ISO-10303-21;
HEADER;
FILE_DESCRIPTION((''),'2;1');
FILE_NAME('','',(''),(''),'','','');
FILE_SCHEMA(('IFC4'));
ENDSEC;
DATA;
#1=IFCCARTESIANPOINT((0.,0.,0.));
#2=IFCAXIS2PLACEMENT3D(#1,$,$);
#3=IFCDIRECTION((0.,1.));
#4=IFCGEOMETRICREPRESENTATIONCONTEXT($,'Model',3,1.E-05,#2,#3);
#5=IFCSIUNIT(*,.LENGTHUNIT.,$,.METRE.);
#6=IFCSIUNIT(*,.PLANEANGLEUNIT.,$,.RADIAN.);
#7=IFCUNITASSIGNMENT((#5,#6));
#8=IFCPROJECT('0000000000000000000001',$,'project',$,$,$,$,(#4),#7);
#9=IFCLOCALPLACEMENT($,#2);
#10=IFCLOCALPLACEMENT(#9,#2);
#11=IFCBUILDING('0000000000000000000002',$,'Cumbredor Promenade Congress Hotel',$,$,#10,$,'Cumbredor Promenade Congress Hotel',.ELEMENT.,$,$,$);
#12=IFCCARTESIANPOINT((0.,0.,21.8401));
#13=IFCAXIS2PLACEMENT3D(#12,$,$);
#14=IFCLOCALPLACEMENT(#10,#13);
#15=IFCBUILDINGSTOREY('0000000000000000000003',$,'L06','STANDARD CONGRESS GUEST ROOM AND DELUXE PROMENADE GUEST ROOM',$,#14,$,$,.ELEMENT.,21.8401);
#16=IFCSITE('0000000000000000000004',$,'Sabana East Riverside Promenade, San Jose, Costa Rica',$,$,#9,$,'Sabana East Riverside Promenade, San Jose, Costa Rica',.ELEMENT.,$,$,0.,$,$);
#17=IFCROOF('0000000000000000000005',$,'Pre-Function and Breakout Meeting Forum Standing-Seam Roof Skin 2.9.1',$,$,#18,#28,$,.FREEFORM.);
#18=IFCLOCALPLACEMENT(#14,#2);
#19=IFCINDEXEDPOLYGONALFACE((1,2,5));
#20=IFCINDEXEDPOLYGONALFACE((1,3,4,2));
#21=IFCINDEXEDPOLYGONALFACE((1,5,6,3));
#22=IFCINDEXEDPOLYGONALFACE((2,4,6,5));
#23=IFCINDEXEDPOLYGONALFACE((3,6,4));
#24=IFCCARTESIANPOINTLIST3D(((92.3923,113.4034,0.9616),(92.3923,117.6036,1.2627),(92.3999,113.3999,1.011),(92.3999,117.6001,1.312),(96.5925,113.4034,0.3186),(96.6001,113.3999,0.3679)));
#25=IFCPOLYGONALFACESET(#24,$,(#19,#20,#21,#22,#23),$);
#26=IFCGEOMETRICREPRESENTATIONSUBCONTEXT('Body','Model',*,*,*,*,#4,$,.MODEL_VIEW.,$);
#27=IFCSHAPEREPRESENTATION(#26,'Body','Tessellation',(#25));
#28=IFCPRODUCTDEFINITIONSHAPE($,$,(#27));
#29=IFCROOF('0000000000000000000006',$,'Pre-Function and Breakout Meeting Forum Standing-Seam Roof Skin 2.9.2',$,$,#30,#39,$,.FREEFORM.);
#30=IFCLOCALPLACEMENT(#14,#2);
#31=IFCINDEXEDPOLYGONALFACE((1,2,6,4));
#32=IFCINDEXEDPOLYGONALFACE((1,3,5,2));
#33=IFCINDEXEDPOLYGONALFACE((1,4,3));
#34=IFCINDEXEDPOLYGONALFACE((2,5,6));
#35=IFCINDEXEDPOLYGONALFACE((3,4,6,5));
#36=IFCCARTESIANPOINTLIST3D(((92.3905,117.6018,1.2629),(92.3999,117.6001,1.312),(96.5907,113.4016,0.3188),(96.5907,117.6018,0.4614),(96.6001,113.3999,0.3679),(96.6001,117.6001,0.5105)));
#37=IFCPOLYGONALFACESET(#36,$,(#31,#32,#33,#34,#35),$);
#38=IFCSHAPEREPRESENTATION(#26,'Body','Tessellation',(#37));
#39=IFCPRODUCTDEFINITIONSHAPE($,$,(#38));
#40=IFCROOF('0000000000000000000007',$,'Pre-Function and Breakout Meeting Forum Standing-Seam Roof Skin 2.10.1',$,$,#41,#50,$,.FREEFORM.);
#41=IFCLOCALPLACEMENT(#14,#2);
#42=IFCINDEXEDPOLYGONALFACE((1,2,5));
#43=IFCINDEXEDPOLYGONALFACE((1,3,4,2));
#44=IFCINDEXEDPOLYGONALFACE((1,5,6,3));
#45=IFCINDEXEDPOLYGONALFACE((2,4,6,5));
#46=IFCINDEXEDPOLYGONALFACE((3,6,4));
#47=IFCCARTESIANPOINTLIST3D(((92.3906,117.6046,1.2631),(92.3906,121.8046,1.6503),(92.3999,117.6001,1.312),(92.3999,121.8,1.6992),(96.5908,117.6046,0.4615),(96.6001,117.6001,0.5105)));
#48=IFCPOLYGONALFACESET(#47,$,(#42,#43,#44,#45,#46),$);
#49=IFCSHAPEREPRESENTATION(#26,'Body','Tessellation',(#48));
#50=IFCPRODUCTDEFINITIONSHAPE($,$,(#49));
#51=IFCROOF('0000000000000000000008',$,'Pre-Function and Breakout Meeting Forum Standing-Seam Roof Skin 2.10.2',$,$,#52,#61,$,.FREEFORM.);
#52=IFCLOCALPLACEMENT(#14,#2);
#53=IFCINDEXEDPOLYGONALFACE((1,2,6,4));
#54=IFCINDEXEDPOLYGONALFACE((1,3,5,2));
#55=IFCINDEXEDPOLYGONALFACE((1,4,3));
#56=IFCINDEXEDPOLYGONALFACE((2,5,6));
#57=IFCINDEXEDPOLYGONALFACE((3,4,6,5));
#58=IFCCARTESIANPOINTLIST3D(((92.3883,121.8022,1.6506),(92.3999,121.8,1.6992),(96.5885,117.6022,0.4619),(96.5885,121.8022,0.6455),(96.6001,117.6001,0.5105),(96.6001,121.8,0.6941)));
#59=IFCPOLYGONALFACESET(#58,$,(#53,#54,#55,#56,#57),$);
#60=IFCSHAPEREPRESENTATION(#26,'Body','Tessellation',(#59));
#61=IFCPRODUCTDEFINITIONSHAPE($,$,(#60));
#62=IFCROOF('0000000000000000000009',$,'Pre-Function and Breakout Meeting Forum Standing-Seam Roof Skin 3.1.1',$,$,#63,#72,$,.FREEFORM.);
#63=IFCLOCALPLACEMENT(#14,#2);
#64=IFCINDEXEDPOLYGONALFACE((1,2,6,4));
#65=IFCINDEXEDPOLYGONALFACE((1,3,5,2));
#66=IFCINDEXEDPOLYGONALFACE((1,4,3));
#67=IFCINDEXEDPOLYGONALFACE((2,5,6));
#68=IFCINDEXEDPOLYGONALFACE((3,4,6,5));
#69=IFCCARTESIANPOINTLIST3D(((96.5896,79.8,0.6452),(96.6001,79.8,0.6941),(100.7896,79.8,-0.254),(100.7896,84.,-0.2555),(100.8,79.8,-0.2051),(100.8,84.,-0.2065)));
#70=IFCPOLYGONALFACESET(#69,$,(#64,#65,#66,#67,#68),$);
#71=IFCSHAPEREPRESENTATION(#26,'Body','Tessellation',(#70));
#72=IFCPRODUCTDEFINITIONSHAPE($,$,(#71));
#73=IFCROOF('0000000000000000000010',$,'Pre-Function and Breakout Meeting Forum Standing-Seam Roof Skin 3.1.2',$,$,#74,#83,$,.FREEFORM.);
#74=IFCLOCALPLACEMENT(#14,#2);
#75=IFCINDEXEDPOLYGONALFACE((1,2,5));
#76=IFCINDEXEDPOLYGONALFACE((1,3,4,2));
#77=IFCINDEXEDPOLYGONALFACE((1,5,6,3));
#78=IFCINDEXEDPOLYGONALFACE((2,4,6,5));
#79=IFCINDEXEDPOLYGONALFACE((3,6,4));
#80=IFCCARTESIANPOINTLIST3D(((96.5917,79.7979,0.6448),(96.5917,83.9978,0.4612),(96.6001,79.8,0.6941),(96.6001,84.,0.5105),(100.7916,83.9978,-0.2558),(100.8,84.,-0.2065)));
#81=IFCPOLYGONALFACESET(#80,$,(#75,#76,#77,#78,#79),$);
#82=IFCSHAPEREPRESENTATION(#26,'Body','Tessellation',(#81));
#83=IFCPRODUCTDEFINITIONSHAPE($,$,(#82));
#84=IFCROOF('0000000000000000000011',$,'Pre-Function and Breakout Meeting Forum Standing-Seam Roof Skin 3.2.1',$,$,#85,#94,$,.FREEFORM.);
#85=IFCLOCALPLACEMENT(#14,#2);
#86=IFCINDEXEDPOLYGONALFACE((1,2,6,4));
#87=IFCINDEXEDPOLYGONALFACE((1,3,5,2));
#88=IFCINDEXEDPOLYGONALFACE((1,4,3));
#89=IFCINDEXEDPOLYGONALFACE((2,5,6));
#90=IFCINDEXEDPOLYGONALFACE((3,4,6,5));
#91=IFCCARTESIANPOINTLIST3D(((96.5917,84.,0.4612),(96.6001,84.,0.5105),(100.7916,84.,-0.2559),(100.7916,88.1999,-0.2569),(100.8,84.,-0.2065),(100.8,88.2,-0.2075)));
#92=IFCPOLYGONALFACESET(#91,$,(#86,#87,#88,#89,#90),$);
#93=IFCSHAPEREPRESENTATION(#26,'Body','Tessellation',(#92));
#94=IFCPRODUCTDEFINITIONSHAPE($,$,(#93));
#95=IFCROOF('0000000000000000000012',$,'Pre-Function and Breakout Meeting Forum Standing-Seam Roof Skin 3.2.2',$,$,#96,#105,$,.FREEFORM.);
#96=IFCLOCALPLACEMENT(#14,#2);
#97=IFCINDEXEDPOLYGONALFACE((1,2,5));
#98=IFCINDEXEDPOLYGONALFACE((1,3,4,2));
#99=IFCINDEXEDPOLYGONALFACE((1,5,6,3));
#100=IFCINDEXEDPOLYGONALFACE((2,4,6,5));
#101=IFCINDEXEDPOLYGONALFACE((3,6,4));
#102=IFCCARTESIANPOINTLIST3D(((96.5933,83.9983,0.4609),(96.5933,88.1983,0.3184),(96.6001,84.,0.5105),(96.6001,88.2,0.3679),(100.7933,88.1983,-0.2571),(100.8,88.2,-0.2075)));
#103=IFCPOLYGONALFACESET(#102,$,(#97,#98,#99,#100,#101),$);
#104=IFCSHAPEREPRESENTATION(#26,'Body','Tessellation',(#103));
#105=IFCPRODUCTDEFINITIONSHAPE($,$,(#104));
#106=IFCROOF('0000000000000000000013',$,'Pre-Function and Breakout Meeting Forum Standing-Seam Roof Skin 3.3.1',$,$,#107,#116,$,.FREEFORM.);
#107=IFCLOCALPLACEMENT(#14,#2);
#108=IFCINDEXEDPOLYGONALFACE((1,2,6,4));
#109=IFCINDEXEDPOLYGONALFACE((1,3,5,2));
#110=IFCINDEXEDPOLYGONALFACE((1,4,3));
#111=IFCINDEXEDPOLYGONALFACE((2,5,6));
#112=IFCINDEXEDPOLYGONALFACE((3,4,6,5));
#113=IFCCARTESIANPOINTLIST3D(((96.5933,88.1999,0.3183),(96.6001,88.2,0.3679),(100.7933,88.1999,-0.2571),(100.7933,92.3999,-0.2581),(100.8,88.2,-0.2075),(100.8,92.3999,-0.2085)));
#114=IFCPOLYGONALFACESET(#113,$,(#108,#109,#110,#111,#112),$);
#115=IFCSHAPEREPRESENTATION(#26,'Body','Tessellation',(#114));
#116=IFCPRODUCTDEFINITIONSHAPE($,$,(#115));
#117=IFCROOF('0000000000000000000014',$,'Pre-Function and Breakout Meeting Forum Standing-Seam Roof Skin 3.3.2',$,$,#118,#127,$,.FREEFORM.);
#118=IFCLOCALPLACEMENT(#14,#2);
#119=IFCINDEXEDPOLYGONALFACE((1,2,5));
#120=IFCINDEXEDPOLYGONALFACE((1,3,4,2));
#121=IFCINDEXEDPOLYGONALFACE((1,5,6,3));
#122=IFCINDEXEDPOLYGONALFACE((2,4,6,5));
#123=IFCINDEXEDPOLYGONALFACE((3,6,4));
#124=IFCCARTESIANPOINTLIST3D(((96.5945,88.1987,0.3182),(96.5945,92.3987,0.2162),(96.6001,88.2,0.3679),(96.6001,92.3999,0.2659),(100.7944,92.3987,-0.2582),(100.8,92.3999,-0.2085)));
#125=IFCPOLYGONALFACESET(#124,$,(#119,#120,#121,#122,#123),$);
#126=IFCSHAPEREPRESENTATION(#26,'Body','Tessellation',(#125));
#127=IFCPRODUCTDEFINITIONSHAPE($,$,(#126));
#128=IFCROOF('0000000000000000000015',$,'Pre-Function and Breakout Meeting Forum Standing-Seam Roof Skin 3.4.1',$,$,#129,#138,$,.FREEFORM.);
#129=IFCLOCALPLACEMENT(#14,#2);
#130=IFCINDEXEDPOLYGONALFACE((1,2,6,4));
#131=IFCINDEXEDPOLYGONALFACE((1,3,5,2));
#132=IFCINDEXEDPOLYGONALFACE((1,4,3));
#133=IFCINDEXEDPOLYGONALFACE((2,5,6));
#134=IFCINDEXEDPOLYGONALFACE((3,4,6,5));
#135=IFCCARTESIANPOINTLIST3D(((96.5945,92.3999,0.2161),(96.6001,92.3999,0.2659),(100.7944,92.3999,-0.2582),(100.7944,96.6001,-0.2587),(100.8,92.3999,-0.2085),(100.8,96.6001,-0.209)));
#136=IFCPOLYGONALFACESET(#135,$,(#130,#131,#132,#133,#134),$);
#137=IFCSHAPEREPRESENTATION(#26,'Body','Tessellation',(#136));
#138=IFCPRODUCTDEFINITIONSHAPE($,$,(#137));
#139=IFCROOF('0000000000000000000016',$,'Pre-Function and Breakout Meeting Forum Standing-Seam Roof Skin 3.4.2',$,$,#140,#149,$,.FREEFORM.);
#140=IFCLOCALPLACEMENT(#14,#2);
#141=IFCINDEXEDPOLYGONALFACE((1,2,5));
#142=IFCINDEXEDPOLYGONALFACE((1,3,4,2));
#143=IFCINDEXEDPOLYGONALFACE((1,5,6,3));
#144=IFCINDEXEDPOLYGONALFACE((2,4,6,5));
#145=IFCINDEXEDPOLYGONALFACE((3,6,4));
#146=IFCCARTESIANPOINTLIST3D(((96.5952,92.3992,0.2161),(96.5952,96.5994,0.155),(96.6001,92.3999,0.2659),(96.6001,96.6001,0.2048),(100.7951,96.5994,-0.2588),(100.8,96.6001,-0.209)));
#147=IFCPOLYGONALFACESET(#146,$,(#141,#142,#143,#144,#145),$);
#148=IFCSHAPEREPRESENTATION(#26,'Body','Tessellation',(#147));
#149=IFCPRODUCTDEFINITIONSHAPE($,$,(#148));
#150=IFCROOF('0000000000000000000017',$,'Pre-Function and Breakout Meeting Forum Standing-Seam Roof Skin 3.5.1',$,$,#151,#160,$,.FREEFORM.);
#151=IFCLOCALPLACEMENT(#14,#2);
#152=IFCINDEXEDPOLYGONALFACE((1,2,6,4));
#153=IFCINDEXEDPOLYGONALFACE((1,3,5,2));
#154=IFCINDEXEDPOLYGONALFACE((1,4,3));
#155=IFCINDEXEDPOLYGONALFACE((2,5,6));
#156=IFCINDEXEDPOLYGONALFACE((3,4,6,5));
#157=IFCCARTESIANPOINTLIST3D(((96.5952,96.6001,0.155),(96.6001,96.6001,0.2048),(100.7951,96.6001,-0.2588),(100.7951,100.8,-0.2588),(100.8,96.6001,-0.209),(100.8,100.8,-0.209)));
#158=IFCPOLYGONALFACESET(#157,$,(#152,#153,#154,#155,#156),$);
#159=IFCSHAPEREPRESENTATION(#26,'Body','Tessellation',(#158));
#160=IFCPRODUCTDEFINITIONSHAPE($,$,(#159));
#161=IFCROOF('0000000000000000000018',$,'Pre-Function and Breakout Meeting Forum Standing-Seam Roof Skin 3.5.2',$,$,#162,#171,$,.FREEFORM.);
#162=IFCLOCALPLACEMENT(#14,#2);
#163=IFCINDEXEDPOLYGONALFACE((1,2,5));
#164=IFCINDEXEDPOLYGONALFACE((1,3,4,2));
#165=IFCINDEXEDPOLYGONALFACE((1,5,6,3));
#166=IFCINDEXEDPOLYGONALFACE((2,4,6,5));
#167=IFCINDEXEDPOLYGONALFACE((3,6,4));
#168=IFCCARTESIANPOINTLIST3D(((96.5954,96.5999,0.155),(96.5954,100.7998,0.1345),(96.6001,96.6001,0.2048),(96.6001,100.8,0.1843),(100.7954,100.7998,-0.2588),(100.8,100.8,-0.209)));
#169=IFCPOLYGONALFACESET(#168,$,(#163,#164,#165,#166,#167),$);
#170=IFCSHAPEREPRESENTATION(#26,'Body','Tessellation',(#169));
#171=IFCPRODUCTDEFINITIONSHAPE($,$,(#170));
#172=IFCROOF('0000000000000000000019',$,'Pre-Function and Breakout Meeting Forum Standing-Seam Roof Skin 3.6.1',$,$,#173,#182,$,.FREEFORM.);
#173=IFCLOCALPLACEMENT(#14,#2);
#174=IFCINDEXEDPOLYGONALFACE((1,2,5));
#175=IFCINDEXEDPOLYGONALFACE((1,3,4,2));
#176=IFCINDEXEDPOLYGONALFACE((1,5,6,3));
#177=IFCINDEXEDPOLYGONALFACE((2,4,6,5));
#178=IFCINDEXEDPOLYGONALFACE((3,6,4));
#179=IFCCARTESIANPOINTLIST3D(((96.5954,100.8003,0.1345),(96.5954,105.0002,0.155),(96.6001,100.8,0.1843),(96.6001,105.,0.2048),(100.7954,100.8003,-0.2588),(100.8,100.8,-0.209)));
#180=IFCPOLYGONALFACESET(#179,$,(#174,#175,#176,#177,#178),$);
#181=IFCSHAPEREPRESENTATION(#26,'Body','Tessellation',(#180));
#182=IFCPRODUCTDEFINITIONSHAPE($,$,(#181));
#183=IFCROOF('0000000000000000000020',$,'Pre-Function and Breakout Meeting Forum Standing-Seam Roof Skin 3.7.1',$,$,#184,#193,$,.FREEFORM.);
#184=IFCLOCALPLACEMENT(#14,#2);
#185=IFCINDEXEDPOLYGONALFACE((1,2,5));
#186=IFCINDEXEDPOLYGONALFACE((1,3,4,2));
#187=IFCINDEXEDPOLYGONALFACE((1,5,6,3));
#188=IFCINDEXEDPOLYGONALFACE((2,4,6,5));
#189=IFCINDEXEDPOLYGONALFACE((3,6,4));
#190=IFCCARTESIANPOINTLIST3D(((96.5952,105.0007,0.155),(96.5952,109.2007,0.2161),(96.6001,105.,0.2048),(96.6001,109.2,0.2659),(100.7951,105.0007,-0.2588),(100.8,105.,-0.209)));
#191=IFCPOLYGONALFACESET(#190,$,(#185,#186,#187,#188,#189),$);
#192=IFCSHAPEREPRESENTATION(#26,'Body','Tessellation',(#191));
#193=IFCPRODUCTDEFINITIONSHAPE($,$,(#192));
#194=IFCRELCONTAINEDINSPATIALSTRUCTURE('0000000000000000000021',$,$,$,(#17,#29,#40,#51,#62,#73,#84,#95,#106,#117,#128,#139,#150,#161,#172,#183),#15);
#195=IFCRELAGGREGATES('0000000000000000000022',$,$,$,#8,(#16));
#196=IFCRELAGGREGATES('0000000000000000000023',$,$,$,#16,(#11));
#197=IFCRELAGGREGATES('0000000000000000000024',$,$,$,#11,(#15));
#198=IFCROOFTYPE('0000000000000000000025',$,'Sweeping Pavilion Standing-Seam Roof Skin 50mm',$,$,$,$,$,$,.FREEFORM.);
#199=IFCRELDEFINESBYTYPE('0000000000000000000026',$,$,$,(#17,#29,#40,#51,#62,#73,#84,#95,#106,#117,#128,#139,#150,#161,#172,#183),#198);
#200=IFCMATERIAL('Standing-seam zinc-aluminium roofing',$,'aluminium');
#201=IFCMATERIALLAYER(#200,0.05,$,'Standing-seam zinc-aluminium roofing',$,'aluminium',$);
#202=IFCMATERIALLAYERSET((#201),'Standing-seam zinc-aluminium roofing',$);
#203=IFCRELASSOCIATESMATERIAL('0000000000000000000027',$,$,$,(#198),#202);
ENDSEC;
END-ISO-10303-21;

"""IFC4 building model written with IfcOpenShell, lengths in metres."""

from ifc_helpers import new_model, si_unit, direction, frame, origin, place, context, subcontext, project, spatial, polyline, outline, extrude, material, layer, layer_set, type_object, element, save


model = new_model("IFC4")

# Units and contexts
model_context = context("Model", 3, precision=1e-05, world=origin(), true_north=direction((0.0, 1.0)))
body_context = subcontext(model_context, "Body", "Model", "MODEL_VIEW")
ifc_project = project(units=[si_unit("LENGTHUNIT", "METRE"), si_unit("PLANEANGLEUNIT", "RADIAN")], contexts=[model_context])

# Site, building, storey
site_placement = place(None, origin())
site = spatial("IfcSite", under=ifc_project, at=site_placement, Name="Sabana East Riverside Promenade, San Jose, Costa Rica", LongName="Sabana East Riverside Promenade, San Jose, Costa Rica", CompositionType="ELEMENT", RefElevation=0.0)
building_placement = place(site_placement, origin())
building = spatial("IfcBuilding", under=site, at=building_placement, Name="Cumbredor Promenade Congress Hotel", LongName="Cumbredor Promenade Congress Hotel", CompositionType="ELEMENT")
storey_placement = place(building_placement, frame((0.0, 0.0, 21.8401)))
storey = spatial("IfcBuildingStorey", under=building, at=storey_placement, Name="L06", Description="STANDARD CONGRESS GUEST ROOM AND DELUXE PROMENADE GUEST ROOM", CompositionType="ELEMENT", Elevation=21.8401)

# Roofs
ifc_material_1 = material(Name="Standing-seam zinc-aluminium roofing", Category="aluminium")
ifc_layer_1 = layer(ifc_material_1, 0.05, Name="Standing-seam zinc-aluminium roofing", Category="aluminium")
ifc_layer_set_1 = layer_set([ifc_layer_1], Name="Standing-seam zinc-aluminium roofing")
roof_type = type_object("IfcRoofType", Name="Sweeping Pavilion Standing-Seam Roof Skin 50mm", PredefinedType="FREEFORM", material=ifc_layer_set_1)
roof_1_placement = place(storey_placement, frame((92.3999, 113.3999, 1.011), z_axis=(0.150962, -0.070667, 0.98601), x_axis=(0.988482, 0.0, -0.15134)))
element("IfcRoof", 1, at=roof_1_placement, inside=storey, type_object=roof_type, Name="Pre-Function and Breakout Meeting Forum Standing-Seam Roof Skin 2.9.1", PredefinedType="FREEFORM", context=body_context, shape_type="SweptSolid", body=[
    extrude(outline(polyline([(0.0, 0.0), (4.2491, 0.0), (-0.0456, 4.2107), (0.0, 0.0)])), origin(), (0.0, 0.0, -1.0), 0.05),
])
roof_2_placement = place(storey_placement, frame((96.6001, 113.3999, 0.3679), z_axis=(0.187341, -0.033325, 0.981729), x_axis=(0.0, 0.999424, 0.033926)))
element("IfcRoof", 2, at=roof_2_placement, inside=storey, type_object=roof_type, Name="Pre-Function and Breakout Meeting Forum Standing-Seam Roof Skin 2.9.2", PredefinedType="FREEFORM", context=body_context, shape_type="SweptSolid", body=[
    extrude(outline(polyline([(0.0, 0.0), (4.2026, 0.0), (4.2298, 4.2759), (0.0, 0.0)])), origin(), (0.0, 0.0, -1.0), 0.05),
])
roof_3_placement = place(storey_placement, frame((92.3999, 117.6001, 1.312), z_axis=(0.186681, -0.09019, 0.978272), x_axis=(0.982275, 0.0, -0.187445)))
element("IfcRoof", 3, at=roof_3_placement, inside=storey, type_object=roof_type, Name="Pre-Function and Breakout Meeting Forum Standing-Seam Roof Skin 2.10.1", PredefinedType="FREEFORM", context=body_context, shape_type="SweptSolid", body=[
    extrude(outline(polyline([(0.0, 0.0), (4.276, 0.0), (-0.0726, 4.2171), (0.0, 0.0)])), origin(), (0.0, 0.0, -1.0), 0.05),
])
roof_4_placement = place(storey_placement, frame((96.6001, 117.6001, 0.5105), z_axis=(0.232524, -0.042475, 0.971663), x_axis=(0.0, 0.999046, 0.043672)))
element("IfcRoof", 4, at=roof_4_placement, inside=storey, type_object=roof_type, Name="Pre-Function and Breakout Meeting Forum Standing-Seam Roof Skin 2.10.2", PredefinedType="FREEFORM", context=body_context, shape_type="SweptSolid", body=[
    extrude(outline(polyline([(0.0, 0.0), (4.204, 0.0), (4.2479, 4.3186), (0.0, 0.0)])), origin(), (0.0, 0.0, -1.0), 0.05),
])
roof_5_placement = place(storey_placement, frame((96.6001, 79.8, 0.6941), z_axis=(0.209347, 0.000341, 0.977841), x_axis=(0.977841, 0.0, -0.209347)))
element("IfcRoof", 5, at=roof_5_placement, inside=storey, type_object=roof_type, Name="Pre-Function and Breakout Meeting Forum Standing-Seam Roof Skin 3.1.1", PredefinedType="FREEFORM", context=body_context, shape_type="SweptSolid", body=[
    extrude(outline(polyline([(0.0, 0.0), (4.2951, 0.0), (4.2954, 4.2), (0.0, 0.0)])), origin(), (0.0, 0.0, -1.0), 0.05),
])
roof_6_placement = place(storey_placement, frame((96.6001, 79.8, 0.6941), z_axis=(0.168135, 0.04305, 0.984823), x_axis=(0.699115, 0.699115, -0.149918)))
element("IfcRoof", 6, at=roof_6_placement, inside=storey, type_object=roof_type, Name="Pre-Function and Breakout Meeting Forum Standing-Seam Roof Skin 3.1.2", PredefinedType="FREEFORM", context=body_context, shape_type="SweptSolid", body=[
    extrude(outline(polyline([(0.0, 0.0), (6.0075, 0.0), (2.9638, 2.9815), (0.0, 0.0)])), origin(), (0.0, 0.0, -1.0), 0.05),
])
roof_7_placement = place(storey_placement, frame((96.6001, 84.0, 0.5105), z_axis=(0.168291, 0.000229, 0.985737), x_axis=(0.985737, 0.0, -0.168291)))
element("IfcRoof", 7, at=roof_7_placement, inside=storey, type_object=roof_type, Name="Pre-Function and Breakout Meeting Forum Standing-Seam Roof Skin 3.2.1", PredefinedType="FREEFORM", context=body_context, shape_type="SweptSolid", body=[
    extrude(outline(polyline([(0.0, 0.0), (4.2607, 0.0), (4.2609, 4.2), (0.0, 0.0)])), origin(), (0.0, 0.0, -1.0), 0.05),
])
roof_8_placement = place(storey_placement, frame((96.6001, 84.0, 0.5105), z_axis=(0.135666, 0.033614, 0.990184), x_axis=(0.701996, 0.701996, -0.120012)))
element("IfcRoof", 8, at=roof_8_placement, inside=storey, type_object=roof_type, Name="Pre-Function and Breakout Meeting Forum Standing-Seam Roof Skin 3.2.2", PredefinedType="FREEFORM", context=body_context, shape_type="SweptSolid", body=[
    extrude(outline(polyline([(0.0, 0.0), (5.9829, 0.0), (2.9655, 2.9776), (0.0, 0.0)])), origin(), (0.0, 0.0, -1.0), 0.05),
])
roof_9_placement = place(storey_placement, frame((96.6001, 88.2, 0.3679), z_axis=(0.135743, 0.00023, 0.990744), x_axis=(0.990744, 0.0, -0.135743)))
element("IfcRoof", 9, at=roof_9_placement, inside=storey, type_object=roof_type, Name="Pre-Function and Breakout Meeting Forum Standing-Seam Roof Skin 3.3.1", PredefinedType="FREEFORM", context=body_context, shape_type="SweptSolid", body=[
    extrude(outline(polyline([(0.0, 0.0), (4.2392, 0.0), (4.2393, 4.2), (0.0, 0.0)])), origin(), (0.0, 0.0, -1.0), 0.05),
])
roof_10_placement = place(storey_placement, frame((96.6001, 88.2, 0.3679), z_axis=(0.112199, 0.024138, 0.993393), x_axis=(0.7038, 0.7038, -0.096592)))
element("IfcRoof", 10, at=roof_10_placement, inside=storey, type_object=roof_type, Name="Pre-Function and Breakout Meeting Forum Standing-Seam Roof Skin 3.3.2", PredefinedType="FREEFORM", context=body_context, shape_type="SweptSolid", body=[
    extrude(outline(polyline([(0.0, 0.0), (5.9675, 0.0), (2.9658, 2.9756), (0.0, 0.0)])), origin(), (0.0, 0.0, -1.0), 0.05),
])
roof_11_placement = place(storey_placement, frame((96.6001, 92.3999, 0.2659), z_axis=(0.112232, 0.000116, 0.993682), x_axis=(0.993682, 0.0, -0.112232)))
element("IfcRoof", 11, at=roof_11_placement, inside=storey, type_object=roof_type, Name="Pre-Function and Breakout Meeting Forum Standing-Seam Roof Skin 3.4.1", PredefinedType="FREEFORM", context=body_context, shape_type="SweptSolid", body=[
    extrude(outline(polyline([(0.0, 0.0), (4.2267, 0.0), (4.2267, 4.2002), (0.0, 0.0)])), origin(), (0.0, 0.0, -1.0), 0.05),
])
roof_12_placement = place(storey_placement, frame((96.6001, 92.3999, 0.2659), z_axis=(0.098044, 0.01446, 0.995077), x_axis=(0.704837, 0.704878, -0.07969)))
element("IfcRoof", 12, at=roof_12_placement, inside=storey, type_object=roof_type, Name="Pre-Function and Breakout Meeting Forum Standing-Seam Roof Skin 3.4.2", PredefinedType="FREEFORM", context=body_context, shape_type="SweptSolid", body=[
    extrude(outline(polyline([(0.0, 0.0), (5.9588, 0.0), (2.9655, 2.9751), (0.0, 0.0)])), origin(), (0.0, 0.0, -1.0), 0.05),
])
roof_13_placement = place(storey_placement, frame((96.6001, 96.6001, 0.2048), z_axis=(0.098055, 0.0, 0.995181), x_axis=(0.995181, 0.0, -0.098055)))
element("IfcRoof", 13, at=roof_13_placement, inside=storey, type_object=roof_type, Name="Pre-Function and Breakout Meeting Forum Standing-Seam Roof Skin 3.5.1", PredefinedType="FREEFORM", context=body_context, shape_type="SweptSolid", body=[
    extrude(outline(polyline([(0.0, 0.0), (4.2203, 0.0), (4.2203, 4.2), (0.0, 0.0)])), origin(), (0.0, 0.0, -1.0), 0.05),
])
roof_14_placement = place(storey_placement, frame((96.6001, 96.6001, 0.2048), z_axis=(0.093237, 0.004862, 0.995632), x_axis=(0.705397, 0.705397, -0.069502)))
element("IfcRoof", 14, at=roof_14_placement, inside=storey, type_object=roof_type, Name="Pre-Function and Breakout Meeting Forum Standing-Seam Roof Skin 3.5.2", PredefinedType="FREEFORM", context=body_context, shape_type="SweptSolid", body=[
    extrude(outline(polyline([(0.0, 0.0), (5.954, 0.0), (2.9641, 2.9756), (0.0, 0.0)])), origin(), (0.0, 0.0, -1.0), 0.05),
])
roof_15_placement = place(storey_placement, frame((96.6001, 100.8, 0.1843), z_axis=(0.093237, -0.004862, 0.995632), x_axis=(0.995644, 0.0, -0.093239)))
element("IfcRoof", 15, at=roof_15_placement, inside=storey, type_object=roof_type, Name="Pre-Function and Breakout Meeting Forum Standing-Seam Roof Skin 3.6.1", PredefinedType="FREEFORM", context=body_context, shape_type="SweptSolid", body=[
    extrude(outline(polyline([(0.0, 0.0), (4.2183, 0.0), (-0.0019, 4.2), (0.0, 0.0)])), origin(), (0.0, 0.0, -1.0), 0.05),
])
roof_16_placement = place(storey_placement, frame((96.6001, 105.0, 0.2048), z_axis=(0.098044, -0.014461, 0.995077), x_axis=(0.995181, 0.0, -0.098055)))
element("IfcRoof", 16, at=roof_16_placement, inside=storey, type_object=roof_type, Name="Pre-Function and Breakout Meeting Forum Standing-Seam Roof Skin 3.7.1", PredefinedType="FREEFORM", context=body_context, shape_type="SweptSolid", body=[
    extrude(outline(polyline([(0.0, 0.0), (4.2203, 0.0), (-0.006, 4.2004), (0.0, 0.0)])), origin(), (0.0, 0.0, -1.0), 0.05),
])

save(model, "model.ifc")
